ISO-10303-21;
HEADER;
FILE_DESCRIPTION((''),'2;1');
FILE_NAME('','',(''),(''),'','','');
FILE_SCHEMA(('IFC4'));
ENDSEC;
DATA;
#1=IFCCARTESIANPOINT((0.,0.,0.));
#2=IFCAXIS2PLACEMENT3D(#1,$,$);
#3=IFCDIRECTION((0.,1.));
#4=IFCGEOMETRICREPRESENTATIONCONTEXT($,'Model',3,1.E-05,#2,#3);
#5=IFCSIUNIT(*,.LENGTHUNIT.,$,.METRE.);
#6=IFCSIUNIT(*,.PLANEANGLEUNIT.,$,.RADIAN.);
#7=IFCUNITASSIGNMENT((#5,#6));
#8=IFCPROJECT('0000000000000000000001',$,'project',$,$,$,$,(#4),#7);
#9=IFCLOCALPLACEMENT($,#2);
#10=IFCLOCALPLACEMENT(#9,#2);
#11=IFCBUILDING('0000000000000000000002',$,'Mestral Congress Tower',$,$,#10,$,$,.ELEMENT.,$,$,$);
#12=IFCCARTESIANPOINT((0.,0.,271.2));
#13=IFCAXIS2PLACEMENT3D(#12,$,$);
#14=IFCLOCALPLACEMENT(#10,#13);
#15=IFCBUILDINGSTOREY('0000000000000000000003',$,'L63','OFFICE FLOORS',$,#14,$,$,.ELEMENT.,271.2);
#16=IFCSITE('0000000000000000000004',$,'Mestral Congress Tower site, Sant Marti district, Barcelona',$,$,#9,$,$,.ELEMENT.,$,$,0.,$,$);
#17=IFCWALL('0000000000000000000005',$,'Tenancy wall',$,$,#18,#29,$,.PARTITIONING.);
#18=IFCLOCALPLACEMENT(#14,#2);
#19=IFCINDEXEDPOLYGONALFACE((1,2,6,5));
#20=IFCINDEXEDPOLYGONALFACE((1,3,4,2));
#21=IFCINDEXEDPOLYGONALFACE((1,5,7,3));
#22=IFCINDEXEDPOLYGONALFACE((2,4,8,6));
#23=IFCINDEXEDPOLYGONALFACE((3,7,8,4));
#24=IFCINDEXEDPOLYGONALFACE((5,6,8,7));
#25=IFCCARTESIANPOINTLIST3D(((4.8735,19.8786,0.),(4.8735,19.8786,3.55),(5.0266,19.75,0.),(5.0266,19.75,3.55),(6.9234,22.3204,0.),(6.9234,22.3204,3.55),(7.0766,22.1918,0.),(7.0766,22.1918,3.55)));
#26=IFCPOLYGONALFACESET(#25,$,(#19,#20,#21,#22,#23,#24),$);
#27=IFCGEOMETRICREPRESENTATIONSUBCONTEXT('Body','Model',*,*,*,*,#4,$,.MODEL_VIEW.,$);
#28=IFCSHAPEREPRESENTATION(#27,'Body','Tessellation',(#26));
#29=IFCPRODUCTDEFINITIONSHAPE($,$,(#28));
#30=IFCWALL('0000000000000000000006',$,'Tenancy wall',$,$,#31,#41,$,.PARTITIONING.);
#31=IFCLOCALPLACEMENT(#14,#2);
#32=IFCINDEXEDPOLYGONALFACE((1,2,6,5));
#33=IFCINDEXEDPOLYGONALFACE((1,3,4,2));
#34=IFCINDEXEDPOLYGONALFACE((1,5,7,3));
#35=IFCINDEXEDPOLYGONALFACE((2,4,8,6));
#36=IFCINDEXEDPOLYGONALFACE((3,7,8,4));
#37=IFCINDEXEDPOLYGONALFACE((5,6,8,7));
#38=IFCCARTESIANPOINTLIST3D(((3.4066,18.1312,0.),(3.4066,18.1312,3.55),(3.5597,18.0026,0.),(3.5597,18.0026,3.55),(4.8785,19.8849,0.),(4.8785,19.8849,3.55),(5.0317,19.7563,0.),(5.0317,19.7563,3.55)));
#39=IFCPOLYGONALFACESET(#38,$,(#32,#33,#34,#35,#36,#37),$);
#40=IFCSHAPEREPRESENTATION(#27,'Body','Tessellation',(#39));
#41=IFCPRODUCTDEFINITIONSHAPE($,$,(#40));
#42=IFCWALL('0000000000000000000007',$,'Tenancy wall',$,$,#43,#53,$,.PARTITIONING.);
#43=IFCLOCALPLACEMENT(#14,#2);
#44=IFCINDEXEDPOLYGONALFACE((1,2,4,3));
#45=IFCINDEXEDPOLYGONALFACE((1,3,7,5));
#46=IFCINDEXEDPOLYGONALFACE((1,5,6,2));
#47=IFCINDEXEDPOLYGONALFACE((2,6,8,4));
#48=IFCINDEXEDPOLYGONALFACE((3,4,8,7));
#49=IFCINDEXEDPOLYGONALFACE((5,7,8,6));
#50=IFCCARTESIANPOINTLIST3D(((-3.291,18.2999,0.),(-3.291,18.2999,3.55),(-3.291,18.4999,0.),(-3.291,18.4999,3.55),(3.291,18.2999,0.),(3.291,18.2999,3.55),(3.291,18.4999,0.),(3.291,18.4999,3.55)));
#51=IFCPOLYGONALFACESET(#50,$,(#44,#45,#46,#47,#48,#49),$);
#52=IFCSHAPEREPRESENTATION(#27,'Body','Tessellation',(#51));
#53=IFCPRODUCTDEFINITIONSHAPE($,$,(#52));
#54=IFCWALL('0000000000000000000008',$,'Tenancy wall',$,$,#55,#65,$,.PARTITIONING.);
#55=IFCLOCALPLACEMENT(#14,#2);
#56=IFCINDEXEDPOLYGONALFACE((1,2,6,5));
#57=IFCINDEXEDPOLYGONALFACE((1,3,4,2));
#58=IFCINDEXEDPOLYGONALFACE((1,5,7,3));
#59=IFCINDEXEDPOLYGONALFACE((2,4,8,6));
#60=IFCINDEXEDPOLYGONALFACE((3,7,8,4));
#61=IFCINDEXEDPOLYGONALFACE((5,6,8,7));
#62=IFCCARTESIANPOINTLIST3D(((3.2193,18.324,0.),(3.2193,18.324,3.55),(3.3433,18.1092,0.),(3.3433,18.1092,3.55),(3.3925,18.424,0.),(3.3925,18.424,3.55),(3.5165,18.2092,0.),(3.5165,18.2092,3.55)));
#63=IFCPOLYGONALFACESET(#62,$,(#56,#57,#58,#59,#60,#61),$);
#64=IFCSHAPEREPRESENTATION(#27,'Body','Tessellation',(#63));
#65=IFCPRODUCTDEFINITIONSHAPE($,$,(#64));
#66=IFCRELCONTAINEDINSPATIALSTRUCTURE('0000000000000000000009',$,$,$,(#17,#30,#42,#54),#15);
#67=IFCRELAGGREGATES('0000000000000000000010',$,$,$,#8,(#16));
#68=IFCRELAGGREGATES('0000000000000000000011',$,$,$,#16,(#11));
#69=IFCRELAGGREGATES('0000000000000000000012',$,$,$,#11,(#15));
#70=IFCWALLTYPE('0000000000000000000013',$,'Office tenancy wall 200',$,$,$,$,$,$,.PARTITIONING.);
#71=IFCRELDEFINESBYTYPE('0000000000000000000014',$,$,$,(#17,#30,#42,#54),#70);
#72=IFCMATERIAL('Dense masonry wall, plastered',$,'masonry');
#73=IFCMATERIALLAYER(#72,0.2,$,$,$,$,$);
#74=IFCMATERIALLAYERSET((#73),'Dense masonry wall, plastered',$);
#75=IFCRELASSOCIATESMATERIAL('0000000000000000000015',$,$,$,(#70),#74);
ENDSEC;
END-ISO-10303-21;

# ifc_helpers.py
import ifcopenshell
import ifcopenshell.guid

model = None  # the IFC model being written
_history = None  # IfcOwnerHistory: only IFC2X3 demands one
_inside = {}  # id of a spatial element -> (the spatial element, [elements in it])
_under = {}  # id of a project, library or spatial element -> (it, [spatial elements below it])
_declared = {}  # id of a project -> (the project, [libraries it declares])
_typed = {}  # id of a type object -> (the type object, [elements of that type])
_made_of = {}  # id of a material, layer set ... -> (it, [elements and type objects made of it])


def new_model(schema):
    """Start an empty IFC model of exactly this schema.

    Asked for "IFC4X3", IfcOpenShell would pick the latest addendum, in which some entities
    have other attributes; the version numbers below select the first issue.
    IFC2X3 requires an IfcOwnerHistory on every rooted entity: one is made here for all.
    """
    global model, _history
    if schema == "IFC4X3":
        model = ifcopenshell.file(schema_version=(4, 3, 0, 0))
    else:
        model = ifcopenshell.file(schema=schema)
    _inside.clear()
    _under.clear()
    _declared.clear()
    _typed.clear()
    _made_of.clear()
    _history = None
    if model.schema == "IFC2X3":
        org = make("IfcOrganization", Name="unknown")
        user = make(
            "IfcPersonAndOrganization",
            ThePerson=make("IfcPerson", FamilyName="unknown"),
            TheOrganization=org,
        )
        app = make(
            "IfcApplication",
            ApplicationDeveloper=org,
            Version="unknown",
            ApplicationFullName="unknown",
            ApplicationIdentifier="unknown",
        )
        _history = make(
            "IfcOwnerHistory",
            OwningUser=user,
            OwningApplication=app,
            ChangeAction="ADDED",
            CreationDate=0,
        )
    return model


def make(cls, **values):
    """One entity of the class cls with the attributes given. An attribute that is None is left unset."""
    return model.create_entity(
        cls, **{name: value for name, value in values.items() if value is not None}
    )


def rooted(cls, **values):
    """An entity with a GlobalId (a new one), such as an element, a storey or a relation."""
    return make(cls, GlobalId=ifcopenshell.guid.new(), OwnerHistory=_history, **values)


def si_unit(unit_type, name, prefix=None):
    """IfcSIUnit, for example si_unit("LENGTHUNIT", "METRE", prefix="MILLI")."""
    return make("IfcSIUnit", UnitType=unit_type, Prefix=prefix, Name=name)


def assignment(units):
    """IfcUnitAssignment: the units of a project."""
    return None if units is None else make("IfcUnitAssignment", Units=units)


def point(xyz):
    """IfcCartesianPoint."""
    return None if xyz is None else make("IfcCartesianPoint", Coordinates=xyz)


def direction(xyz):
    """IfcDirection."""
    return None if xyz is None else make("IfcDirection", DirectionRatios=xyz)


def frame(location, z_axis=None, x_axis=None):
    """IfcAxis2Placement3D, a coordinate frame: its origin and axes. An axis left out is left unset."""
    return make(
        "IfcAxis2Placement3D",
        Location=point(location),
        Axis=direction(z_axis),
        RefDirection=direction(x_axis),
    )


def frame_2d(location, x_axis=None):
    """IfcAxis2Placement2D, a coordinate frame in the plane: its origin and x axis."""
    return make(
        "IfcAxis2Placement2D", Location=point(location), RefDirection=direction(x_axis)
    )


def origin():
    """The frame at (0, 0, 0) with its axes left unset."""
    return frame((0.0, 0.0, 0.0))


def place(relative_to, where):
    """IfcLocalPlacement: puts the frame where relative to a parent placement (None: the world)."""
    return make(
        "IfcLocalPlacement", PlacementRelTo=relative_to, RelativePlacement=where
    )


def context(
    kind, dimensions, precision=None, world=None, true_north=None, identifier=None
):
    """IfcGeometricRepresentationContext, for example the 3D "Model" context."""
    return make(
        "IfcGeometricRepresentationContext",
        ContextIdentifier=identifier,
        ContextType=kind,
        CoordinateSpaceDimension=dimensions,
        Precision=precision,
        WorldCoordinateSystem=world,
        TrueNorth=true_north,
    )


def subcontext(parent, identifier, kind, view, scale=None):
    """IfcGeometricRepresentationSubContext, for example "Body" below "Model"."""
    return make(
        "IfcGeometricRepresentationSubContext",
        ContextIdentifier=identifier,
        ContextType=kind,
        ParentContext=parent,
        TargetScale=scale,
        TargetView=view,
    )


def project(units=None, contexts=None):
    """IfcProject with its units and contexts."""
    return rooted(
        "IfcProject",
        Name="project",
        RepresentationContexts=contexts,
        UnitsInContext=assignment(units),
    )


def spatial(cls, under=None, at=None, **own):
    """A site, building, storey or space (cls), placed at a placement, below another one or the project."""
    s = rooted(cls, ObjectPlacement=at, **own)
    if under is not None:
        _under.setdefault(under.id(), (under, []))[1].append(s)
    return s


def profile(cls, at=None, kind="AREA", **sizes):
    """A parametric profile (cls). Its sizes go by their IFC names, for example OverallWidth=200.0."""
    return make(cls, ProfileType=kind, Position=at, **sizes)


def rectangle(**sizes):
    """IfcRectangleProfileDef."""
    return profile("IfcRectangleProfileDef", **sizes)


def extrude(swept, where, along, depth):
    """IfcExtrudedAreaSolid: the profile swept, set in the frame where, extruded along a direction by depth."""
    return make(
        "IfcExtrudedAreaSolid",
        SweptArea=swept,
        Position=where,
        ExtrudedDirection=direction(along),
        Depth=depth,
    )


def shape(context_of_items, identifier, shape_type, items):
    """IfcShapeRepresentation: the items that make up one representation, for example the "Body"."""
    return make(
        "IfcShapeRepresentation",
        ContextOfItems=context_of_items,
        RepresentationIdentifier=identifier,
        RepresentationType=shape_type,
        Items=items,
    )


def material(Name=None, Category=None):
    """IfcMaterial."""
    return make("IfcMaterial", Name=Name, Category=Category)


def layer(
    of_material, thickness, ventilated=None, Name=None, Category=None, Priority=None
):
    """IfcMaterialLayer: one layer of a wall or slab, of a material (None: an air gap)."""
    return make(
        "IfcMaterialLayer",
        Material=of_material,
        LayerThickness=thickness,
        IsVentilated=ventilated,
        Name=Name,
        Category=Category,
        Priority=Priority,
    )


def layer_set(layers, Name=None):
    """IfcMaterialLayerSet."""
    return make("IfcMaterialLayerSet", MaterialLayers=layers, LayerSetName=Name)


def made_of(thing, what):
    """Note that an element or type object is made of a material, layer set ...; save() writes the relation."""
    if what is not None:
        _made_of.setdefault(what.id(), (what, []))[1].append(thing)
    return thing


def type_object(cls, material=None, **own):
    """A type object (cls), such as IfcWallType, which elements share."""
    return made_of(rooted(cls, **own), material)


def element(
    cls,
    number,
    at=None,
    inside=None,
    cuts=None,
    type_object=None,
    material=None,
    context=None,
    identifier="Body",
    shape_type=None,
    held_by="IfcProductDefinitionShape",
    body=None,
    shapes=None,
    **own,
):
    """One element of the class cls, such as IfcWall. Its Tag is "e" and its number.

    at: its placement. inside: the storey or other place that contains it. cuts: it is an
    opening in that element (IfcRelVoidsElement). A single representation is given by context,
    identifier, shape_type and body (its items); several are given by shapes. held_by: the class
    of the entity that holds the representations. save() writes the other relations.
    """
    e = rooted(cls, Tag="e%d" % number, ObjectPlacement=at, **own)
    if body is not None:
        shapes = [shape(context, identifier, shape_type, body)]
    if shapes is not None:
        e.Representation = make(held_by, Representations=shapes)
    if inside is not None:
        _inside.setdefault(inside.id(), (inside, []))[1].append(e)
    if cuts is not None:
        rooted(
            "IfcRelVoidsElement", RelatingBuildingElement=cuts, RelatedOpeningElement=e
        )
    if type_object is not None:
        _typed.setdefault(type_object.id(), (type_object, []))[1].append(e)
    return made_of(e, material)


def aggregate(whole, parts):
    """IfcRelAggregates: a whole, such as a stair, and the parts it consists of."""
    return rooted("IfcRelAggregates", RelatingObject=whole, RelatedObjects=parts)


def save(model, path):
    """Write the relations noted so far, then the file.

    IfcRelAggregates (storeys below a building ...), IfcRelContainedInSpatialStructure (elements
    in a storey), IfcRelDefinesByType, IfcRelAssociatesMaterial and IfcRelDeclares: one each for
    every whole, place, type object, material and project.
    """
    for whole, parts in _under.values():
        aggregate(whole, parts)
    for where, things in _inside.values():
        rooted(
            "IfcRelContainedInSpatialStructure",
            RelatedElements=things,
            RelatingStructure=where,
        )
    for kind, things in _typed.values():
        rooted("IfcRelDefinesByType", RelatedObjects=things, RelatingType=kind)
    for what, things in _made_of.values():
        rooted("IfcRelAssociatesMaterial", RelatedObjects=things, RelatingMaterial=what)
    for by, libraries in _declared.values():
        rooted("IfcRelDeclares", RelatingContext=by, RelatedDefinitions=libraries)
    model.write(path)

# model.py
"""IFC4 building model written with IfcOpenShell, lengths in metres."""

from ifc_helpers import new_model, si_unit, direction, frame, frame_2d, origin, place, context, subcontext, project, spatial, rectangle, extrude, material, layer, layer_set, type_object, element, save


model = new_model("IFC4")

# Units and contexts
model_context = context("Model", 3, precision=1e-05, world=origin(), true_north=direction((0.0, 1.0)))
body_context = subcontext(model_context, "Body", "Model", "MODEL_VIEW")
ifc_project = project(units=[si_unit("LENGTHUNIT", "METRE"), si_unit("PLANEANGLEUNIT", "RADIAN")], contexts=[model_context])

# Site, building, storey
site_placement = place(None, origin())
site = spatial("IfcSite", under=ifc_project, at=site_placement, Name="Mestral Congress Tower site, Sant Marti district, Barcelona", CompositionType="ELEMENT", RefElevation=0.0)
building_placement = place(site_placement, origin())
building = spatial("IfcBuilding", under=site, at=building_placement, Name="Mestral Congress Tower", CompositionType="ELEMENT")
storey_placement = place(building_placement, frame((0.0, 0.0, 271.2)))
storey = spatial("IfcBuildingStorey", under=building, at=storey_placement, Name="L63", Description="OFFICE FLOORS", CompositionType="ELEMENT", Elevation=271.2)

# Walls
ifc_material_1 = material(Name="Dense masonry wall, plastered", Category="masonry")
ifc_layer_1 = layer(ifc_material_1, 0.2)
ifc_layer_set_1 = layer_set([ifc_layer_1], Name="Dense masonry wall, plastered")
wall_type_1 = type_object("IfcWallType", Name="Office tenancy wall 200", PredefinedType="PARTITIONING", material=ifc_layer_set_1)
wall_1_placement = place(storey_placement, frame((4.95, 19.8142, 0.0), z_axis=(0.0, 0.0, 1.0), x_axis=(0.642982, 0.765881, 0.0)))
element("IfcWall", 1, at=wall_1_placement, inside=storey, type_object=wall_type_1, Name="Tenancy wall", PredefinedType="PARTITIONING", context=body_context, shape_type="SweptSolid", body=[
    extrude(rectangle(XDim=3.1882, YDim=0.2, at=frame_2d((1.5942, 0.0))), origin(), (0.0, 0.0, 1.0), 3.55),
])
wall_2_placement = place(storey_placement, frame((3.4832, 18.0669, 0.0), z_axis=(0.0, 0.0, 1.0), x_axis=(0.642897, 0.765953, 0.0)))
element("IfcWall", 2, at=wall_2_placement, inside=storey, type_object=wall_type_1, Name="Tenancy wall", PredefinedType="PARTITIONING", context=body_context, shape_type="SweptSolid", body=[
    extrude(rectangle(XDim=2.2896, YDim=0.2, at=frame_2d((1.1448, 0.0))), origin(), (0.0, 0.0, 1.0), 3.55),
])
wall_3_placement = place(storey_placement, frame((3.291, 18.3999, 0.0), z_axis=(0.0, 0.0, 1.0), x_axis=(-1.0, 0.0, 0.0)))
element("IfcWall", 3, at=wall_3_placement, inside=storey, type_object=wall_type_1, Name="Tenancy wall", PredefinedType="PARTITIONING", context=body_context, shape_type="SweptSolid", body=[
    extrude(rectangle(XDim=6.582, YDim=0.2, at=frame_2d((3.291, 0.0))), origin(), (0.0, 0.0, 1.0), 3.55),
])
wall_4_placement = place(storey_placement, frame((3.4299, 18.1592, 0.0), z_axis=(0.0, 0.0, 1.0), x_axis=(-0.49995, 0.866054, 0.0)))
element("IfcWall", 4, at=wall_4_placement, inside=storey, type_object=wall_type_1, Name="Tenancy wall", PredefinedType="PARTITIONING", context=body_context, shape_type="SweptSolid", body=[
    extrude(rectangle(XDim=0.248, YDim=0.2, at=frame_2d((0.124, 0.0))), origin(), (0.0, 0.0, 1.0), 3.55),
])

save(model, "model.ifc")
